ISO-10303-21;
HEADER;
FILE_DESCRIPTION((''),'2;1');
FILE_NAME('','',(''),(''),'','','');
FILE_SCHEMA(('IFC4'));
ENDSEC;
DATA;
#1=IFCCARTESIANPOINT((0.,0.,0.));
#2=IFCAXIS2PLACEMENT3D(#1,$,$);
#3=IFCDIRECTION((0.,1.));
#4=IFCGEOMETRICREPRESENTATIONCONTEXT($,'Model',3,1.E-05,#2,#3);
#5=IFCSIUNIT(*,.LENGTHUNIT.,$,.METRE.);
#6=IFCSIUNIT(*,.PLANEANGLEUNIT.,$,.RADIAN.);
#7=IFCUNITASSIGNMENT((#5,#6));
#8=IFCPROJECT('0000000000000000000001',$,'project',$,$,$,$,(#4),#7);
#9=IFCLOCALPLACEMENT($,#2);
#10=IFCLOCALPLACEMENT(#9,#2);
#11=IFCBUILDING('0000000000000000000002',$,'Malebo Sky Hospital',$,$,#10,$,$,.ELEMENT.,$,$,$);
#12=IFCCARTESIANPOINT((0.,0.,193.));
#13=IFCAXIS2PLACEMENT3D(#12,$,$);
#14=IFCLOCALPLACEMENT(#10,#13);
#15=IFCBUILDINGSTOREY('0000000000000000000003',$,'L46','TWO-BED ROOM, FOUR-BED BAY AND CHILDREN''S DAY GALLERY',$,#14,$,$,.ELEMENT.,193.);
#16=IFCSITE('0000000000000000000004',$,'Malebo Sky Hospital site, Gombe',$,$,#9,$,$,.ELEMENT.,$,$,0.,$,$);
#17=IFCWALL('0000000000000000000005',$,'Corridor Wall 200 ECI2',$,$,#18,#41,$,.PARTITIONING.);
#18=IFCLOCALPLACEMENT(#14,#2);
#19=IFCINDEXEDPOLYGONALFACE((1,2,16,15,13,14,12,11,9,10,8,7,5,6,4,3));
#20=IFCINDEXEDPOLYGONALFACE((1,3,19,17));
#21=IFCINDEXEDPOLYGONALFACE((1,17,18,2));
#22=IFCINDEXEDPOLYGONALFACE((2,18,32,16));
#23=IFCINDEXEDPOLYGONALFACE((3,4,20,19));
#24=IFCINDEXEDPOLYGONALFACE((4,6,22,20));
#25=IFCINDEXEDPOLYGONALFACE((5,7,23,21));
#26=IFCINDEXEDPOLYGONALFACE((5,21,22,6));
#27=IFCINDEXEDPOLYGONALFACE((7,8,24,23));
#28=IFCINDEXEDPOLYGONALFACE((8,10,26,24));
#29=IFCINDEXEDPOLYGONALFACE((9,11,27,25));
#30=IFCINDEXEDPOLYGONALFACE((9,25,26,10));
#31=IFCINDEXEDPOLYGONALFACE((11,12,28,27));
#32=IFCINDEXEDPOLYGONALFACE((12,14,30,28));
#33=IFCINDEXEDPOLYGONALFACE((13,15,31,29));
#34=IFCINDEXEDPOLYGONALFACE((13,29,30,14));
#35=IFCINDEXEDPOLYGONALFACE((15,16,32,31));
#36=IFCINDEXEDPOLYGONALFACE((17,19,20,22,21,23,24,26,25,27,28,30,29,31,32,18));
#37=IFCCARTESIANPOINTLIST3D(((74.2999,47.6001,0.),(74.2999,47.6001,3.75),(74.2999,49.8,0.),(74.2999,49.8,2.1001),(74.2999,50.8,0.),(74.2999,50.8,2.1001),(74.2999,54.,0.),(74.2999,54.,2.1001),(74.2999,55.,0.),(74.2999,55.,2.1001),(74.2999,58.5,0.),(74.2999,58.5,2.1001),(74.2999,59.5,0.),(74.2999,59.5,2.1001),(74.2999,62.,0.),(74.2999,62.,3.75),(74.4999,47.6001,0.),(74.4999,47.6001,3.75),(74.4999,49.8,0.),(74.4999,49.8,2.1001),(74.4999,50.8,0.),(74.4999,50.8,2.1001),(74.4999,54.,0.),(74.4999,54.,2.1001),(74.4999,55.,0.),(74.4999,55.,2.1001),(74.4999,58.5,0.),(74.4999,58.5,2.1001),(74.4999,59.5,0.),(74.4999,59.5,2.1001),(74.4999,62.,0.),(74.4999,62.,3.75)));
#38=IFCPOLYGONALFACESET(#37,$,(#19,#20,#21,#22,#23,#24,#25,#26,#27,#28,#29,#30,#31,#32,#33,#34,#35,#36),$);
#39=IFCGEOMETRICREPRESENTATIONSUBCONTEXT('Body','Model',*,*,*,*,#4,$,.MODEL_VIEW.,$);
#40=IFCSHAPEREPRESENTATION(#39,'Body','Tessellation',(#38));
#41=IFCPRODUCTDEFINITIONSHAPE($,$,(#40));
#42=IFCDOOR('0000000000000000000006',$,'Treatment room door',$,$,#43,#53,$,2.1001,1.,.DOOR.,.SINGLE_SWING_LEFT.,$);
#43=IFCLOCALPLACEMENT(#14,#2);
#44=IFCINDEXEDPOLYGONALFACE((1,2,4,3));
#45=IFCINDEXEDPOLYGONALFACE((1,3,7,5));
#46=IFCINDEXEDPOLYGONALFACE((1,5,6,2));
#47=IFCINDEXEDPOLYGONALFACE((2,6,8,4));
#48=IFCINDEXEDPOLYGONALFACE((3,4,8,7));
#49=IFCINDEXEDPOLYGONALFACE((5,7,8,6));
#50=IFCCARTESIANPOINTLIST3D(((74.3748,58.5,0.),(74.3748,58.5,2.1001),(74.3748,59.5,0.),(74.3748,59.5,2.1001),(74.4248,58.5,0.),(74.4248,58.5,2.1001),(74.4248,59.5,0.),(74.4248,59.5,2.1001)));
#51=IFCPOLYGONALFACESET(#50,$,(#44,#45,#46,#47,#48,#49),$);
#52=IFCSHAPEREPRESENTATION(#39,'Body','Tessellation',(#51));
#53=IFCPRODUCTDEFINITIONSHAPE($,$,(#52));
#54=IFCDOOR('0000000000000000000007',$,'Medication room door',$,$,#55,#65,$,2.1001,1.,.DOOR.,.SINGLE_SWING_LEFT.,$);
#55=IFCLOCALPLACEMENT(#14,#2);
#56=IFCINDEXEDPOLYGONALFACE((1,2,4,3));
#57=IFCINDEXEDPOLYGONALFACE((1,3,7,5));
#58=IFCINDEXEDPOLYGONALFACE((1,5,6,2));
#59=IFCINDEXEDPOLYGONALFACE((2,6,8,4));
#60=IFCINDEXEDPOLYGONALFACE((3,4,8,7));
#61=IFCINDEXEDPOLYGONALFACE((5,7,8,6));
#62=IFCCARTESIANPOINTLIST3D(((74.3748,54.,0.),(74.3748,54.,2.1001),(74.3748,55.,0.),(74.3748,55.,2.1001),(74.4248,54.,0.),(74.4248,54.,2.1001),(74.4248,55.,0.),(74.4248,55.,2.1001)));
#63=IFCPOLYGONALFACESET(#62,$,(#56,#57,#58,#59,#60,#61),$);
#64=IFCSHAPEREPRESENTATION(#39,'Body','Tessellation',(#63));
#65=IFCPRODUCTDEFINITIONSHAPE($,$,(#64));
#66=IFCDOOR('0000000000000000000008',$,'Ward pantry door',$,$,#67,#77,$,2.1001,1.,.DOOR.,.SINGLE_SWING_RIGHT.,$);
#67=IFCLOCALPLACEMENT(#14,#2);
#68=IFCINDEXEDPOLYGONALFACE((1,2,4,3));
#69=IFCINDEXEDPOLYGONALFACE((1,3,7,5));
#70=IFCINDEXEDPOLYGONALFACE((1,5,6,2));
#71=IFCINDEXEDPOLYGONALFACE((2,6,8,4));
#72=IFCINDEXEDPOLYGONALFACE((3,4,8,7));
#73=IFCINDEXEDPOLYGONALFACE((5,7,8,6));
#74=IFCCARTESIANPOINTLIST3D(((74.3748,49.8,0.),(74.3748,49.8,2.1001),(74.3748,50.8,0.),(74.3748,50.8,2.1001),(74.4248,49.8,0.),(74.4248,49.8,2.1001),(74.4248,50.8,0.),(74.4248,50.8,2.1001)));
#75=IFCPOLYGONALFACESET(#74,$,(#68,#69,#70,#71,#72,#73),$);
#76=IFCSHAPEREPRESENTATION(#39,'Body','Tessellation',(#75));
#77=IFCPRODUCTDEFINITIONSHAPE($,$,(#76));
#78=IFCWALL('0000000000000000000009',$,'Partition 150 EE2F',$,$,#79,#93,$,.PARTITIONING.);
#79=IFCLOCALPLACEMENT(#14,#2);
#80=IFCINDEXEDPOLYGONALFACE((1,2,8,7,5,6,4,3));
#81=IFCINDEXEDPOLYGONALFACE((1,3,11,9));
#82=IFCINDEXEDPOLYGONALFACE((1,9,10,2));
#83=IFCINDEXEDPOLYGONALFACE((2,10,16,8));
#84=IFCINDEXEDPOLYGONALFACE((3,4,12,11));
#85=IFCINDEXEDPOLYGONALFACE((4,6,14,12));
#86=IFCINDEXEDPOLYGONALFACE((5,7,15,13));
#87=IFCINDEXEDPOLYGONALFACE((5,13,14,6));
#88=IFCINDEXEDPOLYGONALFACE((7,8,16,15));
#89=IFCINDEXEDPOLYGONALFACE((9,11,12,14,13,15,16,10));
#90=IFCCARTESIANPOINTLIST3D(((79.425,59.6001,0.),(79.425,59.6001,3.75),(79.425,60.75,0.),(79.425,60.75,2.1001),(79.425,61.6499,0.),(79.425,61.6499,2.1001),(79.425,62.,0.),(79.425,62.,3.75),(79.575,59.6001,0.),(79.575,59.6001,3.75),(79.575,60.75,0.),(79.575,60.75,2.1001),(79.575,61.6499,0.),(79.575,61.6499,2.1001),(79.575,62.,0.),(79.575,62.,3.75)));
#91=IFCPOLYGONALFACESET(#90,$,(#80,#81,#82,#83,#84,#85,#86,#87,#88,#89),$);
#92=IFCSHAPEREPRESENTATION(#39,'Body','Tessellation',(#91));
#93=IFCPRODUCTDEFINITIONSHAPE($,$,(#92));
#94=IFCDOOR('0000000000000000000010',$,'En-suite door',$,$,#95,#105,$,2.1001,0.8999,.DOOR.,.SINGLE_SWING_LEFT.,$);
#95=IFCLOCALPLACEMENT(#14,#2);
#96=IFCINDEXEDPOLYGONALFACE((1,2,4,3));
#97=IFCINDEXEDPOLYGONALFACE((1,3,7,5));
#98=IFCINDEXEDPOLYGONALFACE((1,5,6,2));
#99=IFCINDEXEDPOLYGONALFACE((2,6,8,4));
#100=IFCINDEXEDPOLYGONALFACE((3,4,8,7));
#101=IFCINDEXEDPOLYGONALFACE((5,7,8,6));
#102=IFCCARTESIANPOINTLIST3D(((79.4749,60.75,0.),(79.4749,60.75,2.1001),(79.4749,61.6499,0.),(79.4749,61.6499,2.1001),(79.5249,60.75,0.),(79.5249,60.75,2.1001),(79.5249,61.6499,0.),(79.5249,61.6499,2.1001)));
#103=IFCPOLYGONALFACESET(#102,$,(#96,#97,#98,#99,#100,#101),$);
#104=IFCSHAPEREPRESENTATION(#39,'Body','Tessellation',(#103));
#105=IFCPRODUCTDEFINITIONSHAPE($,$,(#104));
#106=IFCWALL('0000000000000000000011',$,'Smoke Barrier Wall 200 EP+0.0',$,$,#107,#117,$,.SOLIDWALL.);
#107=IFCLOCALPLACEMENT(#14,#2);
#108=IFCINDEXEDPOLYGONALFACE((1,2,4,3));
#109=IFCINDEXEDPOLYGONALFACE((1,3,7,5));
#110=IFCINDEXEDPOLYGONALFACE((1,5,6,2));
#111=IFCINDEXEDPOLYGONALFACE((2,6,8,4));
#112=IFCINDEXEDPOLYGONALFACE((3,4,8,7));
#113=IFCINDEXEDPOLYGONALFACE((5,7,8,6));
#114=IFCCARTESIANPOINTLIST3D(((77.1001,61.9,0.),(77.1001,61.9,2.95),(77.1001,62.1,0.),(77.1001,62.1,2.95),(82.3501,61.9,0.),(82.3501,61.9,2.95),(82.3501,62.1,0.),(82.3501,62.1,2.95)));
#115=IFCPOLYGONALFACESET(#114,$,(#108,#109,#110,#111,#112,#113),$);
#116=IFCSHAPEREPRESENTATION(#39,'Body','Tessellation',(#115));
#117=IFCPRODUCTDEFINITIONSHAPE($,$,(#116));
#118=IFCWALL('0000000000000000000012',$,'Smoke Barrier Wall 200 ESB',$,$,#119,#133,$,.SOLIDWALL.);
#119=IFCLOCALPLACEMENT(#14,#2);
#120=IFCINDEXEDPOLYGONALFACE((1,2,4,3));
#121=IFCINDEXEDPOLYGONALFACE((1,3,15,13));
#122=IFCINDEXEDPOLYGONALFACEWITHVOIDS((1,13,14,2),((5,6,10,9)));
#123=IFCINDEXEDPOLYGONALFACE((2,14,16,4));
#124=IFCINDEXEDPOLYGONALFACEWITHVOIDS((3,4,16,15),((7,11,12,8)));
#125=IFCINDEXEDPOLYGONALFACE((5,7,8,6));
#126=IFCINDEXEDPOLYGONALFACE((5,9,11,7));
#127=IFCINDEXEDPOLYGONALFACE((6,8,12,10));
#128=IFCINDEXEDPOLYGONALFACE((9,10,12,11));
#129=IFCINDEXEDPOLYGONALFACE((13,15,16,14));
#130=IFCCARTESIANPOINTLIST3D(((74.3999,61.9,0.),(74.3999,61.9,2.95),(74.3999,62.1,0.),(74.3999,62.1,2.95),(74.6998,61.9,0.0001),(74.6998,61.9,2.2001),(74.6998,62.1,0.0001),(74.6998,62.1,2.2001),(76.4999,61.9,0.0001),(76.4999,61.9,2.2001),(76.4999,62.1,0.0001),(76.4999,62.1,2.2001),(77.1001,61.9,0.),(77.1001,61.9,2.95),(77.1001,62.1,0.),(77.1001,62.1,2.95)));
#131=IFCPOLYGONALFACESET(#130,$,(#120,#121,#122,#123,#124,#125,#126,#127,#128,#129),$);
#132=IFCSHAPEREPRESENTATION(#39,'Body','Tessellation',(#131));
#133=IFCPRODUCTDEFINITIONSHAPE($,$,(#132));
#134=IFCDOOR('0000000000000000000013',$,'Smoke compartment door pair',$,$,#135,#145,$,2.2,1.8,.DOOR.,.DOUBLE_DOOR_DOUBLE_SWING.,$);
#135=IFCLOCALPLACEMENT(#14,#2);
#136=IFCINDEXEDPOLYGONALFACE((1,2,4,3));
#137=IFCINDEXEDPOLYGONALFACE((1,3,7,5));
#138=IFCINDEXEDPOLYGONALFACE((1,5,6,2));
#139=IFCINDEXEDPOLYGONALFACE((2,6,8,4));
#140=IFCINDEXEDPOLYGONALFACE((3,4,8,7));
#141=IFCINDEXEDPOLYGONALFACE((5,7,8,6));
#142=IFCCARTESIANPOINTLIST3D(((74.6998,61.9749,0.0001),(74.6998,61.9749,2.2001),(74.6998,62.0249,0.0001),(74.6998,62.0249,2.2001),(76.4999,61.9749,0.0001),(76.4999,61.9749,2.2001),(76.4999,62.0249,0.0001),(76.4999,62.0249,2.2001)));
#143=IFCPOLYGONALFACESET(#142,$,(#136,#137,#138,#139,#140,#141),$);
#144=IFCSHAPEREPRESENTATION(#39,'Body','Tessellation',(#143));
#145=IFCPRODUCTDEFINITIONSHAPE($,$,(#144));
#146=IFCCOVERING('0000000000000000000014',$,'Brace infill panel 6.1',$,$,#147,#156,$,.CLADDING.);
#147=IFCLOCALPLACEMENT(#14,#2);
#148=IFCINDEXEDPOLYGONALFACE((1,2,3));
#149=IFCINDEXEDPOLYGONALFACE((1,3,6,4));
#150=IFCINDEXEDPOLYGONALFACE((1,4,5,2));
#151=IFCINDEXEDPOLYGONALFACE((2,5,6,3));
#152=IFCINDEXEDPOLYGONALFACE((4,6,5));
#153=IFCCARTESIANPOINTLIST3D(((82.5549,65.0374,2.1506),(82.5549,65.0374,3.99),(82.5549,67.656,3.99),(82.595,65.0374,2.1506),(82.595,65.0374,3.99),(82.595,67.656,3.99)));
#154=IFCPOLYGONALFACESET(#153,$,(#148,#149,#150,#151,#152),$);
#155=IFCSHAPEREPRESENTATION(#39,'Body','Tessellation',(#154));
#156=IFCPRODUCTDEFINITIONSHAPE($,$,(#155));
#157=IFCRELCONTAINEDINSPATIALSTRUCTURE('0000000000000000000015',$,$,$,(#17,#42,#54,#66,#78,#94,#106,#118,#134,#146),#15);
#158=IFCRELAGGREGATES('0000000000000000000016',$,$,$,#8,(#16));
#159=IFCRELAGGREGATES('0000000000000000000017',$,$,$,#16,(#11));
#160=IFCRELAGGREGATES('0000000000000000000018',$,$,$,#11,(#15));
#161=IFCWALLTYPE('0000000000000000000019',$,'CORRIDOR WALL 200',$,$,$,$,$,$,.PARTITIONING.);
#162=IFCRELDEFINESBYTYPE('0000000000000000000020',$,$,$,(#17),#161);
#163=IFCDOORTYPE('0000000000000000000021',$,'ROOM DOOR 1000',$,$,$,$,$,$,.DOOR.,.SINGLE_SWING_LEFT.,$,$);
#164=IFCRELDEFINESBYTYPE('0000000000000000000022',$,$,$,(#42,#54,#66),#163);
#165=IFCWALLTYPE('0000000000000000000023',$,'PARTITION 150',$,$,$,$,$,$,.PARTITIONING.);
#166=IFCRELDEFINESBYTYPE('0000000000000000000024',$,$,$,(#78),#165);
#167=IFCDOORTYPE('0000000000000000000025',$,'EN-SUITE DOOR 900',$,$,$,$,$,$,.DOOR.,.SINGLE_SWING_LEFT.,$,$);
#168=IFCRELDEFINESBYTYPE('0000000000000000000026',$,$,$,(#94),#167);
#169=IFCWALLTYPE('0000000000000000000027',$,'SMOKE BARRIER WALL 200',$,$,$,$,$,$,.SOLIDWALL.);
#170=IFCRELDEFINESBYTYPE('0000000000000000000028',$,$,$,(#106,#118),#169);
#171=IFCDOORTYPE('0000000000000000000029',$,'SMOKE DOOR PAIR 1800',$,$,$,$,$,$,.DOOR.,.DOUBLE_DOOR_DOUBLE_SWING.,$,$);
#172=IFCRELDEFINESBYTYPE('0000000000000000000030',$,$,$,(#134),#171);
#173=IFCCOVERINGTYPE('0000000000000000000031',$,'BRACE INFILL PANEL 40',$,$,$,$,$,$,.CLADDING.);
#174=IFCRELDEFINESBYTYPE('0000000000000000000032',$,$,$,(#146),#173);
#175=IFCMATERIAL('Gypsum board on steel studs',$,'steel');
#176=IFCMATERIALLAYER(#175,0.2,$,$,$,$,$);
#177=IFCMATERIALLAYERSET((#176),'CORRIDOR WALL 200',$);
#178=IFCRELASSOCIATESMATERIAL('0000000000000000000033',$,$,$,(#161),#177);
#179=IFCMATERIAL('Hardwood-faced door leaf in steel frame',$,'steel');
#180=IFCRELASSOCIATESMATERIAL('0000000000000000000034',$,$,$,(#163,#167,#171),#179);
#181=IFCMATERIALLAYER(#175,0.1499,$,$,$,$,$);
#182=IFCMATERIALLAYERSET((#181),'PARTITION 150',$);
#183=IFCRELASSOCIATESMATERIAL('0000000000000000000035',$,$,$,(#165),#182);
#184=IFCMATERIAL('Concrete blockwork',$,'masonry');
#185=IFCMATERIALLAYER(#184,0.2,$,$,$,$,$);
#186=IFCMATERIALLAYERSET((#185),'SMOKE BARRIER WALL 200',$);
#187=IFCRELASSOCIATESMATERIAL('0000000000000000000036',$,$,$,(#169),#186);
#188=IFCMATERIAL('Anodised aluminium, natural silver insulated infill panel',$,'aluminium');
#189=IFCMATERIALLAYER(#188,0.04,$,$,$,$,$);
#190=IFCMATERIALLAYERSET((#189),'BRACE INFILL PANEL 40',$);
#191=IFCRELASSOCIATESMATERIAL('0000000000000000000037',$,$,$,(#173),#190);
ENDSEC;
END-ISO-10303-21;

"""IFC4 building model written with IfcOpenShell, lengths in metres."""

from ifc_helpers import new_model, si_unit, direction, frame, frame_2d, origin, place, context, subcontext, project, spatial, polyline, rectangle, outline, extrude, material, layer, layer_set, type_object, element, fill, save


model = new_model("IFC4")

# Units and contexts
model_context = context("Model", 3, precision=1e-05, world=origin(), true_north=direction((0.0, 1.0)))
body_context = subcontext(model_context, "Body", "Model", "MODEL_VIEW")
ifc_project = project(units=[si_unit("LENGTHUNIT", "METRE"), si_unit("PLANEANGLEUNIT", "RADIAN")], contexts=[model_context])

# Site, building, storey
site_placement = place(None, origin())
site = spatial("IfcSite", under=ifc_project, at=site_placement, Name="Malebo Sky Hospital site, Gombe", CompositionType="ELEMENT", RefElevation=0.0)
building_placement = place(site_placement, origin())
building = spatial("IfcBuilding", under=site, at=building_placement, Name="Malebo Sky Hospital", CompositionType="ELEMENT")
storey_placement = place(building_placement, frame((0.0, 0.0, 193.0)))
storey = spatial("IfcBuildingStorey", under=building, at=storey_placement, Name="L46", Description="TWO-BED ROOM, FOUR-BED BAY AND CHILDREN'S DAY GALLERY", CompositionType="ELEMENT", Elevation=193.0)

# Wall, openings, doors
ifc_material_1 = material(Name="Gypsum board on steel studs", Category="steel")
ifc_layer_1 = layer(ifc_material_1, 0.2)
ifc_layer_set_1 = layer_set([ifc_layer_1], Name="CORRIDOR WALL 200")
wall_type_1 = type_object("IfcWallType", Name="CORRIDOR WALL 200", PredefinedType="PARTITIONING", material=ifc_layer_set_1)
wall_1_placement = place(storey_placement, frame((74.3999, 62.0, 0.0), z_axis=(0.0, 0.0, 1.0), x_axis=(0.0, -1.0, 0.0)))
wall_1 = element("IfcWall", 1, at=wall_1_placement, inside=storey, type_object=wall_type_1, Name="Corridor Wall 200 ECI2", PredefinedType="PARTITIONING", context=body_context, shape_type="SweptSolid", body=[
    extrude(rectangle(XDim=14.3999, YDim=0.2, at=frame_2d((7.2, 0.0))), origin(), (0.0, 0.0, 1.0), 3.75),
])
opening_1_placement = place(wall_1_placement, frame((2.5, 0.0, 0.0)))
opening_1 = element("IfcOpeningElement", 2, at=opening_1_placement, cuts=wall_1, PredefinedType="OPENING", context=body_context, shape_type="SweptSolid", body=[
    extrude(rectangle(XDim=1.0, YDim=2.1001, at=frame_2d((0.5, 1.05))), frame((0.0, 0.1099, 0.0), z_axis=(0.0, -1.0, 0.0), x_axis=(1.0, 0.0, 0.0)), (0.0, 0.0, 1.0), 0.22),
])
opening_2_placement = place(wall_1_placement, frame((7.0, 0.0, 0.0)))
opening_2 = element("IfcOpeningElement", 3, at=opening_2_placement, cuts=wall_1, PredefinedType="OPENING", context=body_context, shape_type="SweptSolid", body=[
    extrude(rectangle(XDim=1.0, YDim=2.1001, at=frame_2d((0.5, 1.05))), frame((0.0, 0.1099, 0.0), z_axis=(0.0, -1.0, 0.0), x_axis=(1.0, 0.0, 0.0)), (0.0, 0.0, 1.0), 0.22),
])
opening_3_placement = place(wall_1_placement, frame((11.2, 0.0, 0.0)))
opening_3 = element("IfcOpeningElement", 4, at=opening_3_placement, cuts=wall_1, PredefinedType="OPENING", context=body_context, shape_type="SweptSolid", body=[
    extrude(rectangle(XDim=1.0, YDim=2.1001, at=frame_2d((0.5, 1.05))), frame((0.0, 0.1099, 0.0), z_axis=(0.0, -1.0, 0.0), x_axis=(1.0, 0.0, 0.0)), (0.0, 0.0, 1.0), 0.22),
])
ifc_material_2 = material(Name="Hardwood-faced door leaf in steel frame", Category="steel")
door_type_1 = type_object("IfcDoorType", Name="ROOM DOOR 1000", OperationType="SINGLE_SWING_LEFT", PredefinedType="DOOR", material=ifc_material_2)
door_1_placement = place(opening_1_placement, origin())
door_1 = element("IfcDoor", 5, at=door_1_placement, inside=storey, type_object=door_type_1, Name="Treatment room door", OperationType="SINGLE_SWING_LEFT", OverallHeight=2.1001, OverallWidth=1.0, PredefinedType="DOOR", context=body_context, shape_type="SweptSolid", body=[
    extrude(rectangle(XDim=1.0, YDim=2.1001, at=frame_2d((0.5, 1.05))), frame((0.0, 0.0249, 0.0), z_axis=(0.0, -1.0, 0.0), x_axis=(1.0, 0.0, 0.0)), (0.0, 0.0, 1.0), 0.05),
])
fill(opening_1, door_1)
door_2_placement = place(opening_2_placement, origin())
door_2 = element("IfcDoor", 6, at=door_2_placement, inside=storey, type_object=door_type_1, Name="Medication room door", OperationType="SINGLE_SWING_LEFT", OverallHeight=2.1001, OverallWidth=1.0, PredefinedType="DOOR", context=body_context, shape_type="SweptSolid", body=[
    extrude(rectangle(XDim=1.0, YDim=2.1001, at=frame_2d((0.5, 1.05))), frame((0.0, 0.0249, 0.0), z_axis=(0.0, -1.0, 0.0), x_axis=(1.0, 0.0, 0.0)), (0.0, 0.0, 1.0), 0.05),
])
fill(opening_2, door_2)
door_3_placement = place(opening_3_placement, origin())
door_3 = element("IfcDoor", 7, at=door_3_placement, inside=storey, type_object=door_type_1, Name="Ward pantry door", OperationType="SINGLE_SWING_RIGHT", OverallHeight=2.1001, OverallWidth=1.0, PredefinedType="DOOR", context=body_context, shape_type="SweptSolid", body=[
    extrude(rectangle(XDim=1.0, YDim=2.1001, at=frame_2d((0.5, 1.05))), frame((0.0, 0.0249, 0.0), z_axis=(0.0, -1.0, 0.0), x_axis=(1.0, 0.0, 0.0)), (0.0, 0.0, 1.0), 0.05),
])
fill(opening_3, door_3)

# Wall, opening, door
ifc_layer_2 = layer(ifc_material_1, 0.1499)
ifc_layer_set_2 = layer_set([ifc_layer_2], Name="PARTITION 150")
wall_type_2 = type_object("IfcWallType", Name="PARTITION 150", PredefinedType="PARTITIONING", material=ifc_layer_set_2)
wall_2_placement = place(storey_placement, frame((79.5, 62.0, 0.0), z_axis=(0.0, 0.0, 1.0), x_axis=(0.0, -1.0, 0.0)))
wall_2 = element("IfcWall", 8, at=wall_2_placement, inside=storey, type_object=wall_type_2, Name="Partition 150 EE2F", PredefinedType="PARTITIONING", context=body_context, shape_type="SweptSolid", body=[
    extrude(rectangle(XDim=2.3999, YDim=0.1499, at=frame_2d((1.2, 0.0))), origin(), (0.0, 0.0, 1.0), 3.75),
])
opening_4_placement = place(wall_2_placement, frame((0.3501, 0.0, 0.0)))
opening_4 = element("IfcOpeningElement", 9, at=opening_4_placement, cuts=wall_2, PredefinedType="OPENING", context=body_context, shape_type="SweptSolid", body=[
    extrude(rectangle(XDim=0.8999, YDim=2.1001, at=frame_2d((0.45, 1.05))), frame((0.0, 0.085, 0.0), z_axis=(0.0, -1.0, 0.0), x_axis=(1.0, 0.0, 0.0)), (0.0, 0.0, 1.0), 0.1699),
])
door_type_2 = type_object("IfcDoorType", Name="EN-SUITE DOOR 900", OperationType="SINGLE_SWING_LEFT", PredefinedType="DOOR", material=ifc_material_2)
door_4_placement = place(opening_4_placement, origin())
door_4 = element("IfcDoor", 10, at=door_4_placement, inside=storey, type_object=door_type_2, Name="En-suite door", OperationType="SINGLE_SWING_LEFT", OverallHeight=2.1001, OverallWidth=0.8999, PredefinedType="DOOR", context=body_context, shape_type="SweptSolid", body=[
    extrude(rectangle(XDim=0.8999, YDim=2.1001, at=frame_2d((0.45, 1.05))), frame((0.0, 0.0249, 0.0), z_axis=(0.0, -1.0, 0.0), x_axis=(1.0, 0.0, 0.0)), (0.0, 0.0, 1.0), 0.05),
])
fill(opening_4, door_4)

# Wall
ifc_material_3 = material(Name="Concrete blockwork", Category="masonry")
ifc_layer_3 = layer(ifc_material_3, 0.2)
ifc_layer_set_3 = layer_set([ifc_layer_3], Name="SMOKE BARRIER WALL 200")
wall_type_3 = type_object("IfcWallType", Name="SMOKE BARRIER WALL 200", PredefinedType="SOLIDWALL", material=ifc_layer_set_3)
wall_3_placement = place(storey_placement, frame((77.1001, 62.0, 0.0), z_axis=(0.0, 0.0, 1.0), x_axis=(1.0, 0.0, 0.0)))
element("IfcWall", 11, at=wall_3_placement, inside=storey, type_object=wall_type_3, Name="Smoke Barrier Wall 200 EP+0.0", PredefinedType="SOLIDWALL", context=body_context, shape_type="SweptSolid", body=[
    extrude(rectangle(XDim=5.25, YDim=0.2, at=frame_2d((2.625, 0.0))), origin(), (0.0, 0.0, 1.0), 2.95),
])

# Wall, opening, door
wall_4_placement = place(storey_placement, frame((74.3999, 62.0, 0.0), z_axis=(0.0, 0.0, 1.0), x_axis=(1.0, 0.0, 0.0)))
wall_4 = element("IfcWall", 12, at=wall_4_placement, inside=storey, type_object=wall_type_3, Name="Smoke Barrier Wall 200 ESB", PredefinedType="SOLIDWALL", context=body_context, shape_type="SweptSolid", body=[
    extrude(rectangle(XDim=2.7002, YDim=0.2, at=frame_2d((1.3501, 0.0))), origin(), (0.0, 0.0, 1.0), 2.95),
])
opening_5_placement = place(wall_4_placement, frame((0.3, 0.0, 0.0)))
opening_5 = element("IfcOpeningElement", 13, at=opening_5_placement, cuts=wall_4, PredefinedType="OPENING", context=body_context, shape_type="SweptSolid", body=[
    extrude(rectangle(XDim=1.8, YDim=2.2, at=frame_2d((0.8999, 1.1001))), frame((0.0, 0.1099, 0.0), z_axis=(0.0, -1.0, 0.0), x_axis=(1.0, 0.0, 0.0)), (0.0, 0.0, 1.0), 0.22),
])
door_type_3 = type_object("IfcDoorType", Name="SMOKE DOOR PAIR 1800", OperationType="DOUBLE_DOOR_DOUBLE_SWING", PredefinedType="DOOR", material=ifc_material_2)
door_5_placement = place(opening_5_placement, origin())
door_5 = element("IfcDoor", 14, at=door_5_placement, inside=storey, type_object=door_type_3, Name="Smoke compartment door pair", OperationType="DOUBLE_DOOR_DOUBLE_SWING", OverallHeight=2.2, OverallWidth=1.8, PredefinedType="DOOR", context=body_context, shape_type="SweptSolid", body=[
    extrude(rectangle(XDim=1.8, YDim=2.2, at=frame_2d((0.8999, 1.1001))), frame((0.0, 0.0249, 0.0), z_axis=(0.0, -1.0, 0.0), x_axis=(1.0, 0.0, 0.0)), (0.0, 0.0, 1.0), 0.05),
])
fill(opening_5, door_5)

# Covering
ifc_material_4 = material(Name="Anodised aluminium, natural silver insulated infill panel", Category="aluminium")
ifc_layer_4 = layer(ifc_material_4, 0.04)
ifc_layer_set_4 = layer_set([ifc_layer_4], Name="BRACE INFILL PANEL 40")
covering_type = type_object("IfcCoveringType", Name="BRACE INFILL PANEL 40", PredefinedType="CLADDING", material=ifc_layer_set_4)
covering_1_placement = place(storey_placement, frame((82.575, 66.3467, 2.1506), z_axis=(0.0, 0.0, 1.0), x_axis=(0.0, -1.0, 0.0)))
element("IfcCovering", 15, at=covering_1_placement, inside=storey, type_object=covering_type, Name="Brace infill panel 6.1", PredefinedType="CLADDING", context=body_context, shape_type="SweptSolid", body=[
    extrude(outline(polyline([(1.3093, 0.0), (1.3093, 1.8394), (-1.3093, 1.8394), (1.3093, 0.0)])), frame((0.0, 0.02, 0.0), z_axis=(0.0, -1.0, 0.0), x_axis=(1.0, 0.0, 0.0)), (0.0, 0.0, 1.0), 0.04),
])

save(model, "model.ifc")
